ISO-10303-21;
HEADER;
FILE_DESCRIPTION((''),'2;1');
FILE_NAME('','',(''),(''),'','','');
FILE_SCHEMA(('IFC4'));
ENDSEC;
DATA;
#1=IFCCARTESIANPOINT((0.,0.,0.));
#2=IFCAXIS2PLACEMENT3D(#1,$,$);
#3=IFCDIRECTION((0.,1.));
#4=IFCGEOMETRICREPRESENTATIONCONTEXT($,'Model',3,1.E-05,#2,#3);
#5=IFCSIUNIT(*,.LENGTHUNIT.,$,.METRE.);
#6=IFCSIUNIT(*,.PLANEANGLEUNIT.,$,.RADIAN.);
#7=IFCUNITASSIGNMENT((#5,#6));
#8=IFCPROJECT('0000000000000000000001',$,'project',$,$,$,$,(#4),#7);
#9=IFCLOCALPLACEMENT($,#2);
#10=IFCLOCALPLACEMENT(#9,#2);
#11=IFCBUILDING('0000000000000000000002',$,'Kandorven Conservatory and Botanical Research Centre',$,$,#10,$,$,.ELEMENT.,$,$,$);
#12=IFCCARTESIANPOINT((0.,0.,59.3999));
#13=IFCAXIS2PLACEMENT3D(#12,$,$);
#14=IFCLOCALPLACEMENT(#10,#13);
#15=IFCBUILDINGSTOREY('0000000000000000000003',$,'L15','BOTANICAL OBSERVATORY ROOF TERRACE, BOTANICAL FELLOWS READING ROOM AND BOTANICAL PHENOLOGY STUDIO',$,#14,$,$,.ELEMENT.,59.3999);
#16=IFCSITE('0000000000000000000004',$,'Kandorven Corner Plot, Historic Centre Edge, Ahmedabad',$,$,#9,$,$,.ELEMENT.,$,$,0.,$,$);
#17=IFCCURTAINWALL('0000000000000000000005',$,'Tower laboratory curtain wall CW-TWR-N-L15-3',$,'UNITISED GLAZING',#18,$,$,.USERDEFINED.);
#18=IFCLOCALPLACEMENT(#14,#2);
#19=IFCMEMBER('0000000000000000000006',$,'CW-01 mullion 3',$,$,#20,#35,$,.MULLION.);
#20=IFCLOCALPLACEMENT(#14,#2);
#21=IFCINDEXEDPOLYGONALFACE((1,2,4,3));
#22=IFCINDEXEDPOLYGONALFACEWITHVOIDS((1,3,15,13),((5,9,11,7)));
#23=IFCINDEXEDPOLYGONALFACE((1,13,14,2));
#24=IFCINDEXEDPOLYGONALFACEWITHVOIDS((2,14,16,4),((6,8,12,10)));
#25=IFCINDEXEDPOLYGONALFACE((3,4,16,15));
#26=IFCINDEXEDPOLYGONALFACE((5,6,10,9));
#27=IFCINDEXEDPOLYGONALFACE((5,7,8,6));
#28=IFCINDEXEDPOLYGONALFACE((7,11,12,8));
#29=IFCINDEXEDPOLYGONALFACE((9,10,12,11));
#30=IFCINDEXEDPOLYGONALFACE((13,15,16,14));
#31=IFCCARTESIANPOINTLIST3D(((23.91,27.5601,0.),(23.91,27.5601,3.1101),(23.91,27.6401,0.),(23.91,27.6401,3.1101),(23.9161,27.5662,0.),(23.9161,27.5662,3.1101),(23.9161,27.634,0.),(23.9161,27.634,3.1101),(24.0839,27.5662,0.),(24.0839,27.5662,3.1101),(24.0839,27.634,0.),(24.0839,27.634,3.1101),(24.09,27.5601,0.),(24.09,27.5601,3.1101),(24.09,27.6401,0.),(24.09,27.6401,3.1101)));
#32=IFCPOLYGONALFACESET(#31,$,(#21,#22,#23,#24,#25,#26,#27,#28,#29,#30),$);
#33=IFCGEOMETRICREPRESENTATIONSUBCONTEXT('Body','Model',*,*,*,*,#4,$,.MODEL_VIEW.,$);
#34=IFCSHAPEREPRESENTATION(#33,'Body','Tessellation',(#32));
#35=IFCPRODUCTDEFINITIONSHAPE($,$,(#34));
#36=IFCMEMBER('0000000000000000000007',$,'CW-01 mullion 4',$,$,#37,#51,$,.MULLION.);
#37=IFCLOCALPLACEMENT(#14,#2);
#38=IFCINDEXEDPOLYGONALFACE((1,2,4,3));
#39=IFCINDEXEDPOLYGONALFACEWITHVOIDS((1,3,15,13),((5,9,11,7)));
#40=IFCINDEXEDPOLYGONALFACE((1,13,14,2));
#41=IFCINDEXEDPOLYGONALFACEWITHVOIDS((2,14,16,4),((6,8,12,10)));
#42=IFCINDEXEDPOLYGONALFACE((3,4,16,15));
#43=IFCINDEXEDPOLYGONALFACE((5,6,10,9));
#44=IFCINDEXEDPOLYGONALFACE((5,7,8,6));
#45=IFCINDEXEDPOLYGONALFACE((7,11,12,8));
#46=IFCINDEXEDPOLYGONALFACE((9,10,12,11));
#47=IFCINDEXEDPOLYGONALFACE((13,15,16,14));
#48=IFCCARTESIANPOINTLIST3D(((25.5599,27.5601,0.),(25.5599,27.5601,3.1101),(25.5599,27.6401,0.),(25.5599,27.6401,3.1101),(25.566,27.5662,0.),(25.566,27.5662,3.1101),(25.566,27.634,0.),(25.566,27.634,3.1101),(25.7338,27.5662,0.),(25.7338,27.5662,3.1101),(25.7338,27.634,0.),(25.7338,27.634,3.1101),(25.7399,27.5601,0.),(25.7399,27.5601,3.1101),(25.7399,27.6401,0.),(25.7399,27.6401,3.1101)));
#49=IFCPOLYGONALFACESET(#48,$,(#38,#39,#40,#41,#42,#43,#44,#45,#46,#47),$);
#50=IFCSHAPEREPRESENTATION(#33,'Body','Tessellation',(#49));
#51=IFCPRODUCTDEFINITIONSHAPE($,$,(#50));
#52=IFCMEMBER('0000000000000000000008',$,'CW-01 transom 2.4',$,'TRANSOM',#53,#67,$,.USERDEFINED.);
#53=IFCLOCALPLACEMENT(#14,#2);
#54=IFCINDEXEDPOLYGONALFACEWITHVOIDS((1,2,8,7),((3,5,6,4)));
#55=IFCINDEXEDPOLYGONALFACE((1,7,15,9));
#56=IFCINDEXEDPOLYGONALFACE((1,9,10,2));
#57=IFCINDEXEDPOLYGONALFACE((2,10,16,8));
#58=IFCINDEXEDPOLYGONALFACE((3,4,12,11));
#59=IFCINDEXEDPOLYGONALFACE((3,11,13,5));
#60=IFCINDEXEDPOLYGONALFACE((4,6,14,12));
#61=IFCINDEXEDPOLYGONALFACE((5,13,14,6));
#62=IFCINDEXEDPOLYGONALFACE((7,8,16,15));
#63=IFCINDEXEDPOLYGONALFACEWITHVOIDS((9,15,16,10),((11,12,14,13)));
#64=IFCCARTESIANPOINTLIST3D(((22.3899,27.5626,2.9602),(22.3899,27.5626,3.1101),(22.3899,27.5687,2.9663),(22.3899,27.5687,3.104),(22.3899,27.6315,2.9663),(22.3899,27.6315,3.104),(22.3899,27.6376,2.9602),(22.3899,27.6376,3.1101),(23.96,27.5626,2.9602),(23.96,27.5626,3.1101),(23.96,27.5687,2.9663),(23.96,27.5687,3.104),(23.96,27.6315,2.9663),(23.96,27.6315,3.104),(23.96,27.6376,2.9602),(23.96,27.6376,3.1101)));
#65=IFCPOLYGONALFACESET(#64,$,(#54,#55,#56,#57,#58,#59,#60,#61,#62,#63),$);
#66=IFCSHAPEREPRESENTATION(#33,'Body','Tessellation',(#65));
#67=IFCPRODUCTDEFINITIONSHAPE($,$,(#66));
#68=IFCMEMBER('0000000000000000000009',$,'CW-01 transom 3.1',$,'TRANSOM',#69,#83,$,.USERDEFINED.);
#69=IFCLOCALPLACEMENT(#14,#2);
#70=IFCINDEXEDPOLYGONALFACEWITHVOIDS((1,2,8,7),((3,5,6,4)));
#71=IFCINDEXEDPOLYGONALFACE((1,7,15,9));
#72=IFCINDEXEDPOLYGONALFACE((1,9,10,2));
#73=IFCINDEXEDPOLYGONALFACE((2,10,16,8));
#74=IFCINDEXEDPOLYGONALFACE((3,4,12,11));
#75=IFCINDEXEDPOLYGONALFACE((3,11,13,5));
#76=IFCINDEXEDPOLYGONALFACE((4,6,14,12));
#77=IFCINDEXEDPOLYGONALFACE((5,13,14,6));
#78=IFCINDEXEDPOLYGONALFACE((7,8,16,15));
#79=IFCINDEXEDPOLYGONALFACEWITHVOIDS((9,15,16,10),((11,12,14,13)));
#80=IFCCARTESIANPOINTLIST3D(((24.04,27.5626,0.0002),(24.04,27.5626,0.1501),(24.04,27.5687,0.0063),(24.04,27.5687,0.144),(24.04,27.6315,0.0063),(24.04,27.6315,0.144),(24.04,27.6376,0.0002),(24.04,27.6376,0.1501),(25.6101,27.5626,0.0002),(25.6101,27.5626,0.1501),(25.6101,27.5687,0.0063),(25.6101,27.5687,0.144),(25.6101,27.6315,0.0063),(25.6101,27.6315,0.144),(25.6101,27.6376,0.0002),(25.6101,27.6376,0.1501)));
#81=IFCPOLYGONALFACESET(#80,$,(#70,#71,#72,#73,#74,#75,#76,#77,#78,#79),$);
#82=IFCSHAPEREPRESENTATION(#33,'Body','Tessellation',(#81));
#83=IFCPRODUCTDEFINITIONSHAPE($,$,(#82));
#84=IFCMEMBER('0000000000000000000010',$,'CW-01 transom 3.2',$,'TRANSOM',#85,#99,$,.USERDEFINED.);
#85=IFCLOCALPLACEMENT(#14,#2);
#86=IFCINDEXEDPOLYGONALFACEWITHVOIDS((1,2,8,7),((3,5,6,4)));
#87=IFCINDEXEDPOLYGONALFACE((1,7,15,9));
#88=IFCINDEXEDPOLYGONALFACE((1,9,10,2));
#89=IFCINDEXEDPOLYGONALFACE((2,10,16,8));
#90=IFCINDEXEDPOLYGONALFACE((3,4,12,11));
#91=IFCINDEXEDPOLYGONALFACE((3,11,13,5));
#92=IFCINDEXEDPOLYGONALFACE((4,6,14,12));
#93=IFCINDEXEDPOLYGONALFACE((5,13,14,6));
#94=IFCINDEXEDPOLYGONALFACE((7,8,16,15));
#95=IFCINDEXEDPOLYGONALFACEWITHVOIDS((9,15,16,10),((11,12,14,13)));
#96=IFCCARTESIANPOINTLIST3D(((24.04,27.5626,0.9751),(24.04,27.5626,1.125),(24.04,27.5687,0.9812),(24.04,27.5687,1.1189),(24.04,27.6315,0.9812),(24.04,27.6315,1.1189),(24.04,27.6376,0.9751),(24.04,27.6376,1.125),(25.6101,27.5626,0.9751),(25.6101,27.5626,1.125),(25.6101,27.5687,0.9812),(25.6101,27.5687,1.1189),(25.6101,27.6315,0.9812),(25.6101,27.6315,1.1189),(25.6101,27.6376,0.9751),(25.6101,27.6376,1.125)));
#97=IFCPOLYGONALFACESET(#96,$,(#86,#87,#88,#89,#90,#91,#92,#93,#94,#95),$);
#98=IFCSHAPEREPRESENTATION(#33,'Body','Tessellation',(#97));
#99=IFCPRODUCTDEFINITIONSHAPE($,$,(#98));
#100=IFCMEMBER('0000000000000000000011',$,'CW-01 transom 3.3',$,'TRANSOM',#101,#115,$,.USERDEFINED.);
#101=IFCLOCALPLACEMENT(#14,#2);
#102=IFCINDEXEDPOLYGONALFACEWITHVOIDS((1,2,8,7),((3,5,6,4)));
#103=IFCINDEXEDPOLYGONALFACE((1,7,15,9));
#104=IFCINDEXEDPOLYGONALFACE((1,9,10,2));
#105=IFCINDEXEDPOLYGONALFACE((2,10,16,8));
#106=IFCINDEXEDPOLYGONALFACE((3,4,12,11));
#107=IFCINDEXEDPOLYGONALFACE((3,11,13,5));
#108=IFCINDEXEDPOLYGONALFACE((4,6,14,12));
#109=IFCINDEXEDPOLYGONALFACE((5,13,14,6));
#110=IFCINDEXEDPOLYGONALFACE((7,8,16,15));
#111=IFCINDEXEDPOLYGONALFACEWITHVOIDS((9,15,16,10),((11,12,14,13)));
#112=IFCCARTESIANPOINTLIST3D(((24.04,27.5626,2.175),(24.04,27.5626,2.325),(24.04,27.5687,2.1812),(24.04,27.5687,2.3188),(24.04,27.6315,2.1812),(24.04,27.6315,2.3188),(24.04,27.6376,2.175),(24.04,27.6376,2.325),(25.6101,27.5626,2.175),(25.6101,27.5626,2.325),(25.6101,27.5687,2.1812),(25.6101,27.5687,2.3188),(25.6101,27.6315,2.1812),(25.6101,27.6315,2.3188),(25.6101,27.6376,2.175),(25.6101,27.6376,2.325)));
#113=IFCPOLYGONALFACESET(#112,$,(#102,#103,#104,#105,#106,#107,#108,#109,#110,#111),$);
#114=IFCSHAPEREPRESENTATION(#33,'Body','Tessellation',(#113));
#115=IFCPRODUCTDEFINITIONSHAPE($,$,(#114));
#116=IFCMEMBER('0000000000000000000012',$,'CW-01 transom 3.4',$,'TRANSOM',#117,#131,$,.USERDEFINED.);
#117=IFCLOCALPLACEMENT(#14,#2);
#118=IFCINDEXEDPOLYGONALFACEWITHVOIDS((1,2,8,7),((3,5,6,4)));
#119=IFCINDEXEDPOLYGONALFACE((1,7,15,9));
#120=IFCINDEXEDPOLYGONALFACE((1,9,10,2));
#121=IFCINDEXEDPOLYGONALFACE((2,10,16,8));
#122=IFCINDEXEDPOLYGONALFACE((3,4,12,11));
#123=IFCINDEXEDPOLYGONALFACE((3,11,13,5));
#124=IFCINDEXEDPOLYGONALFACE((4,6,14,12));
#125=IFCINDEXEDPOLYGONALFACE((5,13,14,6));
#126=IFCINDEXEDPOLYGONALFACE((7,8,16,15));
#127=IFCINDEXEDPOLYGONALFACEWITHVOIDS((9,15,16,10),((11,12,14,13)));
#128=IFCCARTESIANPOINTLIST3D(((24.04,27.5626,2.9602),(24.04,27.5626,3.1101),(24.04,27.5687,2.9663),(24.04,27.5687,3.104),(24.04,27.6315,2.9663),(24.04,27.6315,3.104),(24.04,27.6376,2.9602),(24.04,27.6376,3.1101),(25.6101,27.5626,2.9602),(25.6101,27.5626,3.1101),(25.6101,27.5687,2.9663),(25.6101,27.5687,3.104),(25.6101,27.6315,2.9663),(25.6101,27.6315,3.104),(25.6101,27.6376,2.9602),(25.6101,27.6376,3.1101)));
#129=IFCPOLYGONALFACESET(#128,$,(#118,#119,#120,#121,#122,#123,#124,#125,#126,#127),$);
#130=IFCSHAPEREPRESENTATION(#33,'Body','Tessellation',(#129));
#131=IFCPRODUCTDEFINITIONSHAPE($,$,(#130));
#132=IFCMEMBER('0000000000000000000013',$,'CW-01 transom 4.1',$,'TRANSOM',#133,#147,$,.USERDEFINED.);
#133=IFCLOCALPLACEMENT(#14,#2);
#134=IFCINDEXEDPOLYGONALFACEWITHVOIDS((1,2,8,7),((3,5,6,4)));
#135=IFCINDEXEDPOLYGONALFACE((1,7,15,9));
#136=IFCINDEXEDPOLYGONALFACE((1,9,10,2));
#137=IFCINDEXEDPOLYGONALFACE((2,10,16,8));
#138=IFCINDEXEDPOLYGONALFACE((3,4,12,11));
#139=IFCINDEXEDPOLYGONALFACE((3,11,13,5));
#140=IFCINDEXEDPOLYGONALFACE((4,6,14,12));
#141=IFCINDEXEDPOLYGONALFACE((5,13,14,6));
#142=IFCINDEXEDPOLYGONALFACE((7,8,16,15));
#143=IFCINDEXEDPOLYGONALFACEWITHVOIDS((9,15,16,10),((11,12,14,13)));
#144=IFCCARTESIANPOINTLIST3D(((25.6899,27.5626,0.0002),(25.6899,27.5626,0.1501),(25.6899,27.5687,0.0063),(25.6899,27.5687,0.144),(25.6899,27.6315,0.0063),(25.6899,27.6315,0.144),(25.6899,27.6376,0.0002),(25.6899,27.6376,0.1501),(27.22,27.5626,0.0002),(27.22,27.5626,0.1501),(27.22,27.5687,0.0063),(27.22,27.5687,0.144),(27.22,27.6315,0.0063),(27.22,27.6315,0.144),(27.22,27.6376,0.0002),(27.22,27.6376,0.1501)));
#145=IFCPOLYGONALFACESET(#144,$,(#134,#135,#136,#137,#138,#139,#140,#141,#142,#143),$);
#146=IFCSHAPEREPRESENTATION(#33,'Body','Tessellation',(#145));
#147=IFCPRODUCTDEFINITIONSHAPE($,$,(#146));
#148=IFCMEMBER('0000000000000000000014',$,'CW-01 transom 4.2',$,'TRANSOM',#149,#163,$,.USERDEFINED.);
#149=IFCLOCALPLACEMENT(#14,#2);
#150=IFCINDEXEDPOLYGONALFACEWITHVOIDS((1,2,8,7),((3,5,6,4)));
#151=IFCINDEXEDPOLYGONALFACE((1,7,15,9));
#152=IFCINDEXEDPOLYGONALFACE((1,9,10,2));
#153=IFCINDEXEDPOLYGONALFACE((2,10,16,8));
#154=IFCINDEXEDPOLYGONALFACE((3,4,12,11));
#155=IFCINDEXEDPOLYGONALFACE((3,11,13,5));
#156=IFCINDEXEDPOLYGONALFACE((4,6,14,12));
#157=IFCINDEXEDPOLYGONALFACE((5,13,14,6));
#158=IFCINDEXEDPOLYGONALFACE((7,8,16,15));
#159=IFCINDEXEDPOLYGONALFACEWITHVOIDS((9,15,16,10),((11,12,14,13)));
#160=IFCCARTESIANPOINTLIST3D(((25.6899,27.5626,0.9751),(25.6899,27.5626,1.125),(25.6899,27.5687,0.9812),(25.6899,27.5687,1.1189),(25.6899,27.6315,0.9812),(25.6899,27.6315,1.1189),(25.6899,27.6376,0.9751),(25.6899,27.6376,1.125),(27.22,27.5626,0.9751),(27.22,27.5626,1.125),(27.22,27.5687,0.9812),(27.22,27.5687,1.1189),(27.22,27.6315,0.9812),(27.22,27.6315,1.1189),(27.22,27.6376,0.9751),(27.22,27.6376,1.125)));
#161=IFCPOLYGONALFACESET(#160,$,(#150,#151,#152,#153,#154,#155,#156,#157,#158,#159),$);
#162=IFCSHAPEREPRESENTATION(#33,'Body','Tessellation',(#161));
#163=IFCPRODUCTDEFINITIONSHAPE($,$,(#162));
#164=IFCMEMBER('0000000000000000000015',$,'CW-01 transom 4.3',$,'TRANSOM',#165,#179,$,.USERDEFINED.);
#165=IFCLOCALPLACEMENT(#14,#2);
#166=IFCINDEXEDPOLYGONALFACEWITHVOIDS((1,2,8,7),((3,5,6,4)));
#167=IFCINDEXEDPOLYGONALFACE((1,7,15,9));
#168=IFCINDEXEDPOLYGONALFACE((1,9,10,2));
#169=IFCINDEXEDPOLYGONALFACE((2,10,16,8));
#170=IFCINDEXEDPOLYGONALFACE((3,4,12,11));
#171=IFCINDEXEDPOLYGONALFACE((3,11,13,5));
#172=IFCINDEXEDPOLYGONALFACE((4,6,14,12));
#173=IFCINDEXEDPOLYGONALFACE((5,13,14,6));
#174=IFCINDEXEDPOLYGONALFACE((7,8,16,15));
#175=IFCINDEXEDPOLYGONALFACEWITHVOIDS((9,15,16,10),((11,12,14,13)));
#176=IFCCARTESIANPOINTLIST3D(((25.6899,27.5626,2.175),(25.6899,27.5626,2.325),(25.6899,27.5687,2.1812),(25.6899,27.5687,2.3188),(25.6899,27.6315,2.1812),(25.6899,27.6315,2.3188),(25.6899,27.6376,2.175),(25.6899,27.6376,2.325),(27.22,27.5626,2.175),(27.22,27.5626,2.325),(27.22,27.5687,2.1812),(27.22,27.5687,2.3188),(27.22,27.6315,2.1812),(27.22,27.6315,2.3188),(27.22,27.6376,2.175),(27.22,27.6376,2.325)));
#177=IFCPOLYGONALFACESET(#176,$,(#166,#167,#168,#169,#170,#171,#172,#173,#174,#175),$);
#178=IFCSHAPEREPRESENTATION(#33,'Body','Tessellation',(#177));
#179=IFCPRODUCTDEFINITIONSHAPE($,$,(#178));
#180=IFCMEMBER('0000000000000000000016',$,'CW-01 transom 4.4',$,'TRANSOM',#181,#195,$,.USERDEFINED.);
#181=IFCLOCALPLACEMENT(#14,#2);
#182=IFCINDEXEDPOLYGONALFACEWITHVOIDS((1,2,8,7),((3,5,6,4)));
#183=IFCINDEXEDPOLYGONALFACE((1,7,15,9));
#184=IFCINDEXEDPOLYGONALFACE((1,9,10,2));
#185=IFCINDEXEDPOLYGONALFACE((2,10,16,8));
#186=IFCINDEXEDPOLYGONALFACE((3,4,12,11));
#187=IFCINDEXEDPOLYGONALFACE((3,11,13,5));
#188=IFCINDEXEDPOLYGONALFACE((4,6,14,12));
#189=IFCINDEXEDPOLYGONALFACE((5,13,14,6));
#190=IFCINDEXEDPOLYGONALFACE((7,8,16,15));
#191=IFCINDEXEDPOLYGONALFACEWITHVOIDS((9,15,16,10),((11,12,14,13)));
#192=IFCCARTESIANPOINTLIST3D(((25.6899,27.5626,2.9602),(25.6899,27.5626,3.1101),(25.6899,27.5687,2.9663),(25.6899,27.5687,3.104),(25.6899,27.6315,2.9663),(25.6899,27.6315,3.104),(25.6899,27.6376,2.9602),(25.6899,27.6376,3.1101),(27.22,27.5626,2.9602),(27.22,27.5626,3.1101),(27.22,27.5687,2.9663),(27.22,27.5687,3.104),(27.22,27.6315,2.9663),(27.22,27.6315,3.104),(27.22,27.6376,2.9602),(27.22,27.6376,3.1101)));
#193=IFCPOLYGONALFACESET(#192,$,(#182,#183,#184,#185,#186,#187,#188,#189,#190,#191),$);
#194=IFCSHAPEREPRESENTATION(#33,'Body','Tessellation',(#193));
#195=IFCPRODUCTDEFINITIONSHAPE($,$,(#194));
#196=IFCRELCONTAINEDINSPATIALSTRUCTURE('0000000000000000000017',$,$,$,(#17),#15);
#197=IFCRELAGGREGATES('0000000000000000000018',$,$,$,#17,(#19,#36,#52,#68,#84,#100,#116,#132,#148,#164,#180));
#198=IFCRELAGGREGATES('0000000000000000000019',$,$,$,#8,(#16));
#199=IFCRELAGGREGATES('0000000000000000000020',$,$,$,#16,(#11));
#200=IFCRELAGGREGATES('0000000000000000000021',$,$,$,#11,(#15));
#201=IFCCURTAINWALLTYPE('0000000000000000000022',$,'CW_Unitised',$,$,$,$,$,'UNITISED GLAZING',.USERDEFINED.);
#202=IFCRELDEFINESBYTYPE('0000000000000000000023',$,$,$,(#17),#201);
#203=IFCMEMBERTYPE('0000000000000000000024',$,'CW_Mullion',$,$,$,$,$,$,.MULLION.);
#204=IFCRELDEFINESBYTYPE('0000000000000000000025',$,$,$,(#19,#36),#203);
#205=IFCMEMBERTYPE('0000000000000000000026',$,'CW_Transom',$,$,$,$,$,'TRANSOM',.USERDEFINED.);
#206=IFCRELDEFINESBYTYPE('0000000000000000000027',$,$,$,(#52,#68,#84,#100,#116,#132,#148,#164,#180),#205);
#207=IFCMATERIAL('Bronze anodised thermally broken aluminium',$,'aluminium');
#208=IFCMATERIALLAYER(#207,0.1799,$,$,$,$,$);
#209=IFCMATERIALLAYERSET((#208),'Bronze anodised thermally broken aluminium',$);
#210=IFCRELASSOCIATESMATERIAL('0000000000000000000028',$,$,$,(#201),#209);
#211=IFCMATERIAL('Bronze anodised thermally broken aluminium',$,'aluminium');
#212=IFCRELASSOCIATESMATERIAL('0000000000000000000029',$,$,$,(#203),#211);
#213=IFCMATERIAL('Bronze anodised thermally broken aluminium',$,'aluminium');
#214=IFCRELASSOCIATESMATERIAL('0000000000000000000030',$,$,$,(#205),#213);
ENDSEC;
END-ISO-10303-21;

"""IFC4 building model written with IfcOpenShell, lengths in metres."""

from ifc_helpers import new_model, si_unit, direction, frame, origin, origin_2d, place, context, subcontext, project, spatial, hollow_rectangle, extrude, material, layer, layer_set, material_profile, profile_set, type_object, element, aggregate, save


model = new_model("IFC4")

# Units and contexts
model_context = context("Model", 3, precision=1e-05, world=origin(), true_north=direction((0.0, 1.0)))
body_context = subcontext(model_context, "Body", "Model", "MODEL_VIEW")
ifc_project = project(units=[si_unit("LENGTHUNIT", "METRE"), si_unit("PLANEANGLEUNIT", "RADIAN")], contexts=[model_context])

# Site, building, storey
site_placement = place(None, origin())
site = spatial("IfcSite", under=ifc_project, at=site_placement, Name="Kandorven Corner Plot, Historic Centre Edge, Ahmedabad", CompositionType="ELEMENT", RefElevation=0.0)
building_placement = place(site_placement, origin())
building = spatial("IfcBuilding", under=site, at=building_placement, Name="Kandorven Conservatory and Botanical Research Centre", CompositionType="ELEMENT")
storey_placement = place(building_placement, frame((0.0, 0.0, 59.3999)))
storey = spatial("IfcBuildingStorey", under=building, at=storey_placement, Name="L15", Description="BOTANICAL OBSERVATORY ROOF TERRACE, BOTANICAL FELLOWS READING ROOM AND BOTANICAL PHENOLOGY STUDIO", CompositionType="ELEMENT", Elevation=59.3999)

# Curtain wall, members
ifc_material_1 = material(Name="Bronze anodised thermally broken aluminium", Category="aluminium")
ifc_layer_1 = layer(ifc_material_1, 0.1799)
ifc_layer_set_1 = layer_set([ifc_layer_1], Name="Bronze anodised thermally broken aluminium")
curtain_wall_type = type_object("IfcCurtainWallType", Name="CW_Unitised", ElementType="UNITISED GLAZING", PredefinedType="USERDEFINED", material=ifc_layer_set_1)
curtain_wall_placement = place(storey_placement, origin())
curtain_wall = element("IfcCurtainWall", 1, at=curtain_wall_placement, inside=storey, type_object=curtain_wall_type, Name="Tower laboratory curtain wall CW-TWR-N-L15-3", ObjectType="UNITISED GLAZING", PredefinedType="USERDEFINED")
ifc_material_2 = material(Name="Bronze anodised thermally broken aluminium", Category="aluminium")
ifc_material_profile_1 = material_profile(ifc_material_2, hollow_rectangle(XDim=0.0801, YDim=0.1799, WallThickness=0.0061, at=origin_2d()))
ifc_profile_set_1 = profile_set([ifc_material_profile_1], Name="Bronze anodised thermally broken aluminium")
member_type_1 = type_object("IfcMemberType", Name="CW_Mullion", PredefinedType="MULLION", material=ifc_profile_set_1)
member_1_placement = place(storey_placement, frame((24.0, 27.6001, 0.0), z_axis=(0.0, 0.0, 1.0), x_axis=(0.0, 1.0, 0.0)))
member_1 = element("IfcMember", 2, at=member_1_placement, type_object=member_type_1, Name="CW-01 mullion 3", PredefinedType="MULLION", context=body_context, shape_type="SweptSolid", body=[
    extrude(hollow_rectangle(XDim=0.0801, YDim=0.1799, WallThickness=0.0061, at=origin_2d()), origin(), (0.0, 0.0, 1.0), 3.1101),
])
member_2_placement = place(storey_placement, frame((25.6499, 27.6001, 0.0), z_axis=(0.0, 0.0, 1.0), x_axis=(0.0, 1.0, 0.0)))
member_2 = element("IfcMember", 3, at=member_2_placement, type_object=member_type_1, Name="CW-01 mullion 4", PredefinedType="MULLION", context=body_context, shape_type="SweptSolid", body=[
    extrude(hollow_rectangle(XDim=0.0801, YDim=0.1799, WallThickness=0.0061, at=origin_2d()), origin(), (0.0, 0.0, 1.0), 3.1101),
])
ifc_material_3 = material(Name="Bronze anodised thermally broken aluminium", Category="aluminium")
ifc_material_profile_2 = material_profile(ifc_material_3, hollow_rectangle(XDim=0.075, YDim=0.1499, WallThickness=0.0061, at=origin_2d()))
ifc_profile_set_2 = profile_set([ifc_material_profile_2], Name="Bronze anodised thermally broken aluminium")
member_type_2 = type_object("IfcMemberType", Name="CW_Transom", ElementType="TRANSOM", PredefinedType="USERDEFINED", material=ifc_profile_set_2)
member_3_placement = place(storey_placement, frame((22.3899, 27.6001, 3.0352), z_axis=(1.0, 0.0, 0.0), x_axis=(0.0, 1.0, 0.0)))
member_3 = element("IfcMember", 4, at=member_3_placement, type_object=member_type_2, Name="CW-01 transom 2.4", ObjectType="TRANSOM", PredefinedType="USERDEFINED", context=body_context, shape_type="SweptSolid", body=[
    extrude(hollow_rectangle(XDim=0.075, YDim=0.1499, WallThickness=0.0061, at=origin_2d()), origin(), (0.0, 0.0, 1.0), 1.5701),
])
member_4_placement = place(storey_placement, frame((24.04, 27.6001, 0.0752), z_axis=(1.0, 0.0, 0.0), x_axis=(0.0, 1.0, 0.0)))
member_4 = element("IfcMember", 5, at=member_4_placement, type_object=member_type_2, Name="CW-01 transom 3.1", ObjectType="TRANSOM", PredefinedType="USERDEFINED", context=body_context, shape_type="SweptSolid", body=[
    extrude(hollow_rectangle(XDim=0.075, YDim=0.1499, WallThickness=0.0061, at=origin_2d()), origin(), (0.0, 0.0, 1.0), 1.5701),
])
member_5_placement = place(storey_placement, frame((24.04, 27.6001, 1.05), z_axis=(1.0, 0.0, 0.0), x_axis=(0.0, 1.0, 0.0)))
member_5 = element("IfcMember", 6, at=member_5_placement, type_object=member_type_2, Name="CW-01 transom 3.2", ObjectType="TRANSOM", PredefinedType="USERDEFINED", context=body_context, shape_type="SweptSolid", body=[
    extrude(hollow_rectangle(XDim=0.075, YDim=0.1499, WallThickness=0.0061, at=origin_2d()), origin(), (0.0, 0.0, 1.0), 1.5701),
])
member_6_placement = place(storey_placement, frame((24.04, 27.6001, 2.25), z_axis=(1.0, 0.0, 0.0), x_axis=(0.0, 1.0, 0.0)))
member_6 = element("IfcMember", 7, at=member_6_placement, type_object=member_type_2, Name="CW-01 transom 3.3", ObjectType="TRANSOM", PredefinedType="USERDEFINED", context=body_context, shape_type="SweptSolid", body=[
    extrude(hollow_rectangle(XDim=0.075, YDim=0.1499, WallThickness=0.0061, at=origin_2d()), origin(), (0.0, 0.0, 1.0), 1.5701),
])
member_7_placement = place(storey_placement, frame((24.04, 27.6001, 3.0352), z_axis=(1.0, 0.0, 0.0), x_axis=(0.0, 1.0, 0.0)))
member_7 = element("IfcMember", 8, at=member_7_placement, type_object=member_type_2, Name="CW-01 transom 3.4", ObjectType="TRANSOM", PredefinedType="USERDEFINED", context=body_context, shape_type="SweptSolid", body=[
    extrude(hollow_rectangle(XDim=0.075, YDim=0.1499, WallThickness=0.0061, at=origin_2d()), origin(), (0.0, 0.0, 1.0), 1.5701),
])
member_8_placement = place(storey_placement, frame((25.6899, 27.6001, 0.0752), z_axis=(1.0, 0.0, 0.0), x_axis=(0.0, 1.0, 0.0)))
member_8 = element("IfcMember", 9, at=member_8_placement, type_object=member_type_2, Name="CW-01 transom 4.1", ObjectType="TRANSOM", PredefinedType="USERDEFINED", context=body_context, shape_type="SweptSolid", body=[
    extrude(hollow_rectangle(XDim=0.075, YDim=0.1499, WallThickness=0.0061, at=origin_2d()), origin(), (0.0, 0.0, 1.0), 1.53),
])
member_9_placement = place(storey_placement, frame((25.6899, 27.6001, 1.05), z_axis=(1.0, 0.0, 0.0), x_axis=(0.0, 1.0, 0.0)))
member_9 = element("IfcMember", 10, at=member_9_placement, type_object=member_type_2, Name="CW-01 transom 4.2", ObjectType="TRANSOM", PredefinedType="USERDEFINED", context=body_context, shape_type="SweptSolid", body=[
    extrude(hollow_rectangle(XDim=0.075, YDim=0.1499, WallThickness=0.0061, at=origin_2d()), origin(), (0.0, 0.0, 1.0), 1.53),
])
member_10_placement = place(storey_placement, frame((25.6899, 27.6001, 2.25), z_axis=(1.0, 0.0, 0.0), x_axis=(0.0, 1.0, 0.0)))
member_10 = element("IfcMember", 11, at=member_10_placement, type_object=member_type_2, Name="CW-01 transom 4.3", ObjectType="TRANSOM", PredefinedType="USERDEFINED", context=body_context, shape_type="SweptSolid", body=[
    extrude(hollow_rectangle(XDim=0.075, YDim=0.1499, WallThickness=0.0061, at=origin_2d()), origin(), (0.0, 0.0, 1.0), 1.53),
])
member_11_placement = place(storey_placement, frame((25.6899, 27.6001, 3.0352), z_axis=(1.0, 0.0, 0.0), x_axis=(0.0, 1.0, 0.0)))
member_11 = element("IfcMember", 12, at=member_11_placement, type_object=member_type_2, Name="CW-01 transom 4.4", ObjectType="TRANSOM", PredefinedType="USERDEFINED", context=body_context, shape_type="SweptSolid", body=[
    extrude(hollow_rectangle(XDim=0.075, YDim=0.1499, WallThickness=0.0061, at=origin_2d()), origin(), (0.0, 0.0, 1.0), 1.53),
])
aggregate(curtain_wall, [member_1, member_2, member_3, member_4, member_5, member_6, member_7, member_8, member_9, member_10, member_11])

save(model, "model.ifc")
